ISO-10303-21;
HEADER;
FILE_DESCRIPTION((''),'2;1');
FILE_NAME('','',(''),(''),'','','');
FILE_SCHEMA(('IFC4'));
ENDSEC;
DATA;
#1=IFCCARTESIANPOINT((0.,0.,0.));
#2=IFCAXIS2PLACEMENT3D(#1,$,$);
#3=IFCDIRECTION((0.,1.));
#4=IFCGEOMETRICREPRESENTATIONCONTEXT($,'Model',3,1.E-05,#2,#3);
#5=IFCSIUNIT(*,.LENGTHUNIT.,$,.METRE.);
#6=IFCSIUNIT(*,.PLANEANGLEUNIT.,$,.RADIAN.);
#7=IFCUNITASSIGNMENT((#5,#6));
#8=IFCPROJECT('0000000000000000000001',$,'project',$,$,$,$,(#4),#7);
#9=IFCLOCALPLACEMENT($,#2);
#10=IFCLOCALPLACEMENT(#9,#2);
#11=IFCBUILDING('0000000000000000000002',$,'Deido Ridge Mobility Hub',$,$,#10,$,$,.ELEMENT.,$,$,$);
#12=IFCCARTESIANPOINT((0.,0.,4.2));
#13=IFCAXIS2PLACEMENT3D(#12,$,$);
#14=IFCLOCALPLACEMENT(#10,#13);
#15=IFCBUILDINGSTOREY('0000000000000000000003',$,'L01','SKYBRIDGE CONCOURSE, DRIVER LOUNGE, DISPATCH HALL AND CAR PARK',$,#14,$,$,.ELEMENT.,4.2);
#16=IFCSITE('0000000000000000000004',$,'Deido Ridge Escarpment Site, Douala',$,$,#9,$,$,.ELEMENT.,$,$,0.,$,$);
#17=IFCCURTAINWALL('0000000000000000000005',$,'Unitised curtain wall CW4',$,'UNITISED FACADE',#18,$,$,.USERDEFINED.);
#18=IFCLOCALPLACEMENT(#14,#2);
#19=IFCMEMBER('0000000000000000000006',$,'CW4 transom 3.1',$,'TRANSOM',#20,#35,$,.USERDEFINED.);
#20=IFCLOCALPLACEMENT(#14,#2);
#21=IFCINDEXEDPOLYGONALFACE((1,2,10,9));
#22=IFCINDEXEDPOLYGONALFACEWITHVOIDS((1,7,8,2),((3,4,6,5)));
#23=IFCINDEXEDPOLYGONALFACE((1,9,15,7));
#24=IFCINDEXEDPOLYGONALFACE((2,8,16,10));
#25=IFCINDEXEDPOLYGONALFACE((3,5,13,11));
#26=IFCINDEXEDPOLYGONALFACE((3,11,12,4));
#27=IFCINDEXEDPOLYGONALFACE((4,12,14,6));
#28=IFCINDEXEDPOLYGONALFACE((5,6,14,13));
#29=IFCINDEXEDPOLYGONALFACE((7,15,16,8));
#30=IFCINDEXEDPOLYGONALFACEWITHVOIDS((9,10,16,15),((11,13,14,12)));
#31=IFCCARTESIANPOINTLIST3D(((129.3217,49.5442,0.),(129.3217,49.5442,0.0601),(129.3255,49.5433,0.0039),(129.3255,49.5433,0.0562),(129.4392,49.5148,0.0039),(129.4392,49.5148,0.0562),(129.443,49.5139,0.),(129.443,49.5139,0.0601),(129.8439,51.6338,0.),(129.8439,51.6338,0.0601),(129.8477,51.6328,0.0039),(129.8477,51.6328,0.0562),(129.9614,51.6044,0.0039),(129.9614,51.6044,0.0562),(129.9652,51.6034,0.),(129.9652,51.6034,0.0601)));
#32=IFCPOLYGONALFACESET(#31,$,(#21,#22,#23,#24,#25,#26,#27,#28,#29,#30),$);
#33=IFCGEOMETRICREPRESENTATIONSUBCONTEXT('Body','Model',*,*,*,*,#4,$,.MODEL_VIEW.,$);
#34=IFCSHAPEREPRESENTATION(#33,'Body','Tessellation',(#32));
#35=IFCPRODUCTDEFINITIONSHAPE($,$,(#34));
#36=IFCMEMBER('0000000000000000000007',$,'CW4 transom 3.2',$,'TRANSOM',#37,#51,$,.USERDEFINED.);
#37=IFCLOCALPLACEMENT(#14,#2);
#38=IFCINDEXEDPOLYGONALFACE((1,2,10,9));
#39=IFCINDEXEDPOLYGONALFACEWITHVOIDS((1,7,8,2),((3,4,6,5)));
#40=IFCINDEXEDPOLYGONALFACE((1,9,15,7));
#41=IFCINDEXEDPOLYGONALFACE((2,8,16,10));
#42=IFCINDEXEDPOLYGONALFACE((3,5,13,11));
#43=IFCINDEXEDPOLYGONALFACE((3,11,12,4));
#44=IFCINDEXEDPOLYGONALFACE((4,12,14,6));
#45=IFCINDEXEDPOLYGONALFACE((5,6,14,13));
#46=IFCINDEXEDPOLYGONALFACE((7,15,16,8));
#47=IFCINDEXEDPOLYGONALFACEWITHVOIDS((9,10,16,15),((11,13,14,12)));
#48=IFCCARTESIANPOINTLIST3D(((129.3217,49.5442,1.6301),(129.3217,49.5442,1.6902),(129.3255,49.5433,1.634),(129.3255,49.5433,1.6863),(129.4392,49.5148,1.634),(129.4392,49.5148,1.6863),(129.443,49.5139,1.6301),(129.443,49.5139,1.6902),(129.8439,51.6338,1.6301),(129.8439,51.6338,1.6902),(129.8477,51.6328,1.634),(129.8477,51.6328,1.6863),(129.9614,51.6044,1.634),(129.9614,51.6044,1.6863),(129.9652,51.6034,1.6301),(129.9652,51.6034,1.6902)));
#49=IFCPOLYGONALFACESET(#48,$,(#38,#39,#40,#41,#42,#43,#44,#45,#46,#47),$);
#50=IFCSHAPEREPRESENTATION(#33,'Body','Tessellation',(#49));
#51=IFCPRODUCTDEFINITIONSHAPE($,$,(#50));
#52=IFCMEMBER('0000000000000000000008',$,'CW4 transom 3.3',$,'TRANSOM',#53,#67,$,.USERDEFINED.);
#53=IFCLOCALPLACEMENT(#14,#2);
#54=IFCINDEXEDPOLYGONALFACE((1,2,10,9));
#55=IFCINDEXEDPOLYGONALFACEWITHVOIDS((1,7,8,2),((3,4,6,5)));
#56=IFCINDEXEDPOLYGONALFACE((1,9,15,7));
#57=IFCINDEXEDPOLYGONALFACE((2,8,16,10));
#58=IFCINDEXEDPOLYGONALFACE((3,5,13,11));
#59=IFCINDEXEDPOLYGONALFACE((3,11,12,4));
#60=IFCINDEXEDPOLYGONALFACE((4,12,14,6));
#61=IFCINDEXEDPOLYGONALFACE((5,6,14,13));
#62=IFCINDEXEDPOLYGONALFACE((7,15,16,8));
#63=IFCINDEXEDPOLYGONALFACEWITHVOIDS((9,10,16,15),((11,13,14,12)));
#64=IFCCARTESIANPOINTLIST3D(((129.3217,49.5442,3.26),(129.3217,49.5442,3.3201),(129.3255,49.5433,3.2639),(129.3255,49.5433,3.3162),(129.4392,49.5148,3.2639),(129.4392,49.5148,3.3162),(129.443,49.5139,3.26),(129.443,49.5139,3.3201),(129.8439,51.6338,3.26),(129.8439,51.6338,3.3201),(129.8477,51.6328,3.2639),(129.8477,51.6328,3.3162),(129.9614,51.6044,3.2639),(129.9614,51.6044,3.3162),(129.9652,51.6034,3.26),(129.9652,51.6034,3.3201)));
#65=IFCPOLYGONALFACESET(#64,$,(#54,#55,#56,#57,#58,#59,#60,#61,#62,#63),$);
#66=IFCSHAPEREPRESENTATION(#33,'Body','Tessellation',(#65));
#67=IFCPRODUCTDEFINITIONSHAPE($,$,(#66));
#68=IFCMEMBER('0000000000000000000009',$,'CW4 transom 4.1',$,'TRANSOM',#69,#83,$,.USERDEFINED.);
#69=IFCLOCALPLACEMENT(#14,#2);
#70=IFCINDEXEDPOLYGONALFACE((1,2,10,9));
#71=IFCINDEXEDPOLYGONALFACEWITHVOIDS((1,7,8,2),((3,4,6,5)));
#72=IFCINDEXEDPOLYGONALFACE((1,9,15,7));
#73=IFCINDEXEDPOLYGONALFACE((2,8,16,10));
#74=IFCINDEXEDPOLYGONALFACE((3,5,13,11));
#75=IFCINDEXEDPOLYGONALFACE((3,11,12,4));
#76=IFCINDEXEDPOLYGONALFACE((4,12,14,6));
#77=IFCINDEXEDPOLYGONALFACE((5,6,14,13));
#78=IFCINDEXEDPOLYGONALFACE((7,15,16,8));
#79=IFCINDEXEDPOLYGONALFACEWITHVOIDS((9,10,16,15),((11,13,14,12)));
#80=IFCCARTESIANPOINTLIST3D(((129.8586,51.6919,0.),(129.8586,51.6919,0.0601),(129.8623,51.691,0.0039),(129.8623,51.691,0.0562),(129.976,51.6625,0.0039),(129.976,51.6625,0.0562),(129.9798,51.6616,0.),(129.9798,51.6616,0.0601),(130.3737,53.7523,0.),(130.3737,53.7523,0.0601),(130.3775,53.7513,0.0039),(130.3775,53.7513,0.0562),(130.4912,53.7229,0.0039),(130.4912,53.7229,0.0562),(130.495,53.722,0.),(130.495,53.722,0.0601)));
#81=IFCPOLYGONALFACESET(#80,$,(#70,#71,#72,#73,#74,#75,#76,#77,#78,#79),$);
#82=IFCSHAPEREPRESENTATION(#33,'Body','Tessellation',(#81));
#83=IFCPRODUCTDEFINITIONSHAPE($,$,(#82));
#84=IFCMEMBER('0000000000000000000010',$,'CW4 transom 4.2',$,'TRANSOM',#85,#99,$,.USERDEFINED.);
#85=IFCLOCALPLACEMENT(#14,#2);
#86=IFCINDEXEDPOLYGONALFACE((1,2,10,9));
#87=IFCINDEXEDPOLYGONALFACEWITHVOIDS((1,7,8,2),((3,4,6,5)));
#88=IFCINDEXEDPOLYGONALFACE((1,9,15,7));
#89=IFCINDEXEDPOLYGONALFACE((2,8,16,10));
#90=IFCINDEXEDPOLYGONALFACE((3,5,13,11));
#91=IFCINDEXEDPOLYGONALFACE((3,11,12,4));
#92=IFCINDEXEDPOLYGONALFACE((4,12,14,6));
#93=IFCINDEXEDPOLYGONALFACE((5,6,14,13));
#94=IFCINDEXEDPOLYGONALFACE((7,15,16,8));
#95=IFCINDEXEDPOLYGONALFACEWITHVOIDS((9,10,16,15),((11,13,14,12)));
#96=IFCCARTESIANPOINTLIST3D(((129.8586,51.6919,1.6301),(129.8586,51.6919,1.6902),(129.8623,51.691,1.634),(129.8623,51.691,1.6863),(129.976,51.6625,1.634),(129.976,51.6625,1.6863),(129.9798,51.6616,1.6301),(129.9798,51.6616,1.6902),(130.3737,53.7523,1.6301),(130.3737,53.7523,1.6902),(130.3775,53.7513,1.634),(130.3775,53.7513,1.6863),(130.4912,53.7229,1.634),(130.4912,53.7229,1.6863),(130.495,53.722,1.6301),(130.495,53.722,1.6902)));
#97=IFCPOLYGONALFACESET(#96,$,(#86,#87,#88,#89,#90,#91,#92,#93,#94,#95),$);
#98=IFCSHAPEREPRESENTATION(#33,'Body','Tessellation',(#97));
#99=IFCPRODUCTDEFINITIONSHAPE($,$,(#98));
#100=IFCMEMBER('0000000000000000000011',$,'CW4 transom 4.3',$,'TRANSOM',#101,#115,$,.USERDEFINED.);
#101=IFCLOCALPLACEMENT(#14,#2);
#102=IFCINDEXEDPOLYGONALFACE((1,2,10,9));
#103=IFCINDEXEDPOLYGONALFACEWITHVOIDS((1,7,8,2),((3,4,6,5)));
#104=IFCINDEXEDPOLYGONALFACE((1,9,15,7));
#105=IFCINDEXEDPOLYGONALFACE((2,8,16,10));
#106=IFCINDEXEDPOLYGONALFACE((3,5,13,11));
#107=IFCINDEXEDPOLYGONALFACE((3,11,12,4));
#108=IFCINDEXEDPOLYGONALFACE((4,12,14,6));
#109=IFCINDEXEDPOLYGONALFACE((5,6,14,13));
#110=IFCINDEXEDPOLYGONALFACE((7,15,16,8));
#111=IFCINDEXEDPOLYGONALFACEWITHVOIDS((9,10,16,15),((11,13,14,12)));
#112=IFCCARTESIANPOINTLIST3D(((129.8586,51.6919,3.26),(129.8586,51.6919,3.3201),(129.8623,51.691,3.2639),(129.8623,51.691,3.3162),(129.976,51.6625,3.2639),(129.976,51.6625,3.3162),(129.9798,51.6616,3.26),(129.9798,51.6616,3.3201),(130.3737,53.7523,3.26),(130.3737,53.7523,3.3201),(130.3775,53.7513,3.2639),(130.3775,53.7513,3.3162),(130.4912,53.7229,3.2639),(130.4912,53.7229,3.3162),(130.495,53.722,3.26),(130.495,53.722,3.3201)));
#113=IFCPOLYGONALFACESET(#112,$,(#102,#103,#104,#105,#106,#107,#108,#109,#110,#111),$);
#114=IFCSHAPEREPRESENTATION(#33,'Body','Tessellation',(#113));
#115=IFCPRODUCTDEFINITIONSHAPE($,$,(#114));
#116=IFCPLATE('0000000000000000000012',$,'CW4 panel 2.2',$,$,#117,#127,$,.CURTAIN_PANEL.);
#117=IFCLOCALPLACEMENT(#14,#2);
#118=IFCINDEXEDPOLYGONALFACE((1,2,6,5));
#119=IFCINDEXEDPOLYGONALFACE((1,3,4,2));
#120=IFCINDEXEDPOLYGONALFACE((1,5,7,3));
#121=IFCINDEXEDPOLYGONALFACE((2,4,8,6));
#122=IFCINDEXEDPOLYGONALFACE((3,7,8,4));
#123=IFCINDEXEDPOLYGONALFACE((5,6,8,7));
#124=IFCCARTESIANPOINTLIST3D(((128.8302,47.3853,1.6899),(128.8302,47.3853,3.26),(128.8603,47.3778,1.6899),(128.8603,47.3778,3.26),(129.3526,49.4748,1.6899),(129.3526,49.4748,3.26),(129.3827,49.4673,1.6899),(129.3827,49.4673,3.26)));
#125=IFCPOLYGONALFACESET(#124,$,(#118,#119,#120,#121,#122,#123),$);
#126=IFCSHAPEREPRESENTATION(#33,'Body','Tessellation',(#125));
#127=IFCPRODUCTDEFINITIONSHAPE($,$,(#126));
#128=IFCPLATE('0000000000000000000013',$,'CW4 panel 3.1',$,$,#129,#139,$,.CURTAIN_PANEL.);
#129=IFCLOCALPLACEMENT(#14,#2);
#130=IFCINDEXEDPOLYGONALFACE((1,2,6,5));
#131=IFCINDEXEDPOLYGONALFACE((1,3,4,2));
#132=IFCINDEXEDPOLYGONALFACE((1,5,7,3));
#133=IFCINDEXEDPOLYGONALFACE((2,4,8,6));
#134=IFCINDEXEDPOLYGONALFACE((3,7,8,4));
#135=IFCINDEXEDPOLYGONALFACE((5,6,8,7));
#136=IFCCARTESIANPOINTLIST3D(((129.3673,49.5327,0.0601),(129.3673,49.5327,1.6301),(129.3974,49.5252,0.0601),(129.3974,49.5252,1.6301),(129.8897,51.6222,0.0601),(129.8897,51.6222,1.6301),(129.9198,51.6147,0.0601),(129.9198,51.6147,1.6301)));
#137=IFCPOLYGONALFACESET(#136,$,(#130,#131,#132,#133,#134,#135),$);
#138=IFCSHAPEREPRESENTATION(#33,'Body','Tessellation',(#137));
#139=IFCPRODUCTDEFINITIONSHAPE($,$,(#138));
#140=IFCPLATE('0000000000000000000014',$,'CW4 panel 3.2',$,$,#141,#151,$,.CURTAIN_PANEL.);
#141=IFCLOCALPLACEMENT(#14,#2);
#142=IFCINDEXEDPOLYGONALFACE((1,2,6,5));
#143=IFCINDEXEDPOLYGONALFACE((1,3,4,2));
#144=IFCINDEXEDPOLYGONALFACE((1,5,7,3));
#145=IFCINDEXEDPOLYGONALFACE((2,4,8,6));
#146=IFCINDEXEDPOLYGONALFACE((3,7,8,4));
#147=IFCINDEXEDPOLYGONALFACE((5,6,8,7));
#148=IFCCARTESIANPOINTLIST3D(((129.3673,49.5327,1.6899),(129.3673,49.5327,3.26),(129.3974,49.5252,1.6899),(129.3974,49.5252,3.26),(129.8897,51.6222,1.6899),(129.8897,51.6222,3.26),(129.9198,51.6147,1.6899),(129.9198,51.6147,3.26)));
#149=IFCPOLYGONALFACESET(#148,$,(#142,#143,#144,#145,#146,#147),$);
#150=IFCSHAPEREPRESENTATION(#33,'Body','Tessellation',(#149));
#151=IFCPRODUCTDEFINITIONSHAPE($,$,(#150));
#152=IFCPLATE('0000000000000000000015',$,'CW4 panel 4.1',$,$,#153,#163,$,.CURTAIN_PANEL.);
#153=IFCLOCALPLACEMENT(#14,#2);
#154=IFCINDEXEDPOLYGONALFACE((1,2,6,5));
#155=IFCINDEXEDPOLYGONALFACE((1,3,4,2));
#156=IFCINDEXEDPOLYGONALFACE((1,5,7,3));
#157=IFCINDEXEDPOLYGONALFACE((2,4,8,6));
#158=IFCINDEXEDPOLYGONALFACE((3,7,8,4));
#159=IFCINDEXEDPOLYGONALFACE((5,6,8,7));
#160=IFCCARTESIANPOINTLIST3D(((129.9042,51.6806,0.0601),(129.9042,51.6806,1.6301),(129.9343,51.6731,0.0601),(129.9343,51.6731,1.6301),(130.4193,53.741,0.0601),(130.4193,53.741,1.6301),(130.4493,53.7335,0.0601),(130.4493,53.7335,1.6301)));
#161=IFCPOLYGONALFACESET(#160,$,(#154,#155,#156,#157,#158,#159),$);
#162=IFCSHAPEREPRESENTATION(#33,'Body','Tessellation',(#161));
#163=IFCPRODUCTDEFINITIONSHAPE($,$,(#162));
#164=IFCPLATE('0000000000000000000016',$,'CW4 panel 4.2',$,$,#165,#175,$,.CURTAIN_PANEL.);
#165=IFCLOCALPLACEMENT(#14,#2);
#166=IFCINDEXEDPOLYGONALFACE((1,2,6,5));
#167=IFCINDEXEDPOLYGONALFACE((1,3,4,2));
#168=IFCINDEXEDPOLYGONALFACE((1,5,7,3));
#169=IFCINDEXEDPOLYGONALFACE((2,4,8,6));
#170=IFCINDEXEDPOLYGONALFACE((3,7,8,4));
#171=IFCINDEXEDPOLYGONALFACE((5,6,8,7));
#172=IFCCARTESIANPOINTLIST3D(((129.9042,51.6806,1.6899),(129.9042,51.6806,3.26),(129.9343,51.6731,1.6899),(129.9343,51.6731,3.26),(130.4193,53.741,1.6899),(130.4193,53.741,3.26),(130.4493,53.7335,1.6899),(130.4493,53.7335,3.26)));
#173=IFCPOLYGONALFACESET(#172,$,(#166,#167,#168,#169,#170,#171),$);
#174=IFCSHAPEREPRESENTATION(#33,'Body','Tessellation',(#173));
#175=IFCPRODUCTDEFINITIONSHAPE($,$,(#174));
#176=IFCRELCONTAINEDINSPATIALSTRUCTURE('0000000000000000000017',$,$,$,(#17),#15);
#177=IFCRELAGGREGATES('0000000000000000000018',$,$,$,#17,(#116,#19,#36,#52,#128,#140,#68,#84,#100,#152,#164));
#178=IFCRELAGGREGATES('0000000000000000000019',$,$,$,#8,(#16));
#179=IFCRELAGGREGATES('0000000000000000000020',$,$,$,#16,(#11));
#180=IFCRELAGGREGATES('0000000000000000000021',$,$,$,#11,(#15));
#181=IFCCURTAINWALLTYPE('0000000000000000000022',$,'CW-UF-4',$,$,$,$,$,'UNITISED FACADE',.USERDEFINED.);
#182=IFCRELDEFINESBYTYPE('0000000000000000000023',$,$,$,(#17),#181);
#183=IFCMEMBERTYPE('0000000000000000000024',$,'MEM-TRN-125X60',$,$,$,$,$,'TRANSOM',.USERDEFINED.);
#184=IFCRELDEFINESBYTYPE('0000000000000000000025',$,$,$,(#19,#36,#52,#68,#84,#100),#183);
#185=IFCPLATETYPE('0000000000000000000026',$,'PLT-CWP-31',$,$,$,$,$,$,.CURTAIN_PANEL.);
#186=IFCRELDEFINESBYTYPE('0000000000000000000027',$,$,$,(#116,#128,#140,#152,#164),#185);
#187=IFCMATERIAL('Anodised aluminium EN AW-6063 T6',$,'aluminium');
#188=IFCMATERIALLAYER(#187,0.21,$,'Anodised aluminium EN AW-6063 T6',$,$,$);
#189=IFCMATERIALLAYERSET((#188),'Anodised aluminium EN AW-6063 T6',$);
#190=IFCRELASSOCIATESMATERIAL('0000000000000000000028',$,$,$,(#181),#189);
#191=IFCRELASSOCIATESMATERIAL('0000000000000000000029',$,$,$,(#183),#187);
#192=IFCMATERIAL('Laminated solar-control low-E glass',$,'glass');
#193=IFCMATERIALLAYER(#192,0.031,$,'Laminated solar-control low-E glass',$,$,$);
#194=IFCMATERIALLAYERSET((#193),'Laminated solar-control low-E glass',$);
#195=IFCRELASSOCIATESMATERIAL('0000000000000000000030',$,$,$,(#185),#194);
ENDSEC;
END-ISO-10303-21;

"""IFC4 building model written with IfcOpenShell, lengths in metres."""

from ifc_helpers import new_model, si_unit, direction, frame, origin, origin_2d, place, context, subcontext, project, spatial, rectangle, hollow_rectangle, extrude, material, layer, layer_set, material_profile, profile_set, type_object, element, aggregate, save


model = new_model("IFC4")

# Units and contexts
model_context = context("Model", 3, precision=1e-05, world=origin(), true_north=direction((0.0, 1.0)))
body_context = subcontext(model_context, "Body", "Model", "MODEL_VIEW")
ifc_project = project(units=[si_unit("LENGTHUNIT", "METRE"), si_unit("PLANEANGLEUNIT", "RADIAN")], contexts=[model_context])

# Site, building, storey
site_placement = place(None, origin())
site = spatial("IfcSite", under=ifc_project, at=site_placement, Name="Deido Ridge Escarpment Site, Douala", CompositionType="ELEMENT", RefElevation=0.0)
building_placement = place(site_placement, origin())
building = spatial("IfcBuilding", under=site, at=building_placement, Name="Deido Ridge Mobility Hub", CompositionType="ELEMENT")
storey_placement = place(building_placement, frame((0.0, 0.0, 4.2)))
storey = spatial("IfcBuildingStorey", under=building, at=storey_placement, Name="L01", Description="SKYBRIDGE CONCOURSE, DRIVER LOUNGE, DISPATCH HALL AND CAR PARK", CompositionType="ELEMENT", Elevation=4.2)

# Curtain wall, members, plates
ifc_material_1 = material(Name="Anodised aluminium EN AW-6063 T6", Category="aluminium")
ifc_layer_1 = layer(ifc_material_1, 0.21, Name="Anodised aluminium EN AW-6063 T6")
ifc_layer_set_1 = layer_set([ifc_layer_1], Name="Anodised aluminium EN AW-6063 T6")
curtain_wall_type = type_object("IfcCurtainWallType", Name="CW-UF-4", ElementType="UNITISED FACADE", PredefinedType="USERDEFINED", material=ifc_layer_set_1)
curtain_wall_placement = place(storey_placement, origin())
curtain_wall = element("IfcCurtainWall", 1, at=curtain_wall_placement, inside=storey, type_object=curtain_wall_type, Name="Unitised curtain wall CW4", ObjectType="UNITISED FACADE", PredefinedType="USERDEFINED")
ifc_material_profile_1 = material_profile(ifc_material_1, hollow_rectangle(XDim=0.125, YDim=0.0601, WallThickness=0.0039, at=origin_2d()), Name="RHS 125x60x4")
ifc_profile_set_1 = profile_set([ifc_material_profile_1], Name="Anodised aluminium EN AW-6063 T6")
member_type_1 = type_object("IfcMemberType", Name="MEM-TRN-125X60", ElementType="TRANSOM", PredefinedType="USERDEFINED", material=ifc_profile_set_1)
member_1_placement = place(storey_placement, frame((129.3823, 49.5291, 0.03), z_axis=(0.242456, 0.970162, 0.0), x_axis=(-0.970162, 0.242456, 0.0)))
member_1 = element("IfcMember", 2, at=member_1_placement, type_object=member_type_1, Name="CW4 transom 3.1", ObjectType="TRANSOM", PredefinedType="USERDEFINED", context=body_context, shape_type="SweptSolid", body=[
    extrude(hollow_rectangle(XDim=0.125, YDim=0.0601, WallThickness=0.0039, at=origin_2d()), origin(), (0.0, 0.0, 1.0), 2.1538),
])
member_2_placement = place(storey_placement, frame((129.3823, 49.5291, 1.6602), z_axis=(0.242456, 0.970162, 0.0), x_axis=(-0.970162, 0.242456, 0.0)))
member_2 = element("IfcMember", 3, at=member_2_placement, type_object=member_type_1, Name="CW4 transom 3.2", ObjectType="TRANSOM", PredefinedType="USERDEFINED", context=body_context, shape_type="SweptSolid", body=[
    extrude(hollow_rectangle(XDim=0.125, YDim=0.0601, WallThickness=0.0039, at=origin_2d()), origin(), (0.0, 0.0, 1.0), 2.1538),
])
member_3_placement = place(storey_placement, frame((129.3823, 49.5291, 3.29), z_axis=(0.242456, 0.970162, 0.0), x_axis=(-0.970162, 0.242456, 0.0)))
member_3 = element("IfcMember", 4, at=member_3_placement, type_object=member_type_1, Name="CW4 transom 3.3", ObjectType="TRANSOM", PredefinedType="USERDEFINED", context=body_context, shape_type="SweptSolid", body=[
    extrude(hollow_rectangle(XDim=0.125, YDim=0.0601, WallThickness=0.0039, at=origin_2d()), origin(), (0.0, 0.0, 1.0), 2.1538),
])
member_4_placement = place(storey_placement, frame((129.9192, 51.6768, 0.03), z_axis=(0.242563, 0.970136, 0.0), x_axis=(-0.970136, 0.242563, 0.0)))
member_4 = element("IfcMember", 5, at=member_4_placement, type_object=member_type_1, Name="CW4 transom 4.1", ObjectType="TRANSOM", PredefinedType="USERDEFINED", context=body_context, shape_type="SweptSolid", body=[
    extrude(hollow_rectangle(XDim=0.125, YDim=0.0601, WallThickness=0.0039, at=origin_2d()), origin(), (0.0, 0.0, 1.0), 2.1238),
])
member_5_placement = place(storey_placement, frame((129.9192, 51.6768, 1.6602), z_axis=(0.242563, 0.970136, 0.0), x_axis=(-0.970136, 0.242563, 0.0)))
member_5 = element("IfcMember", 6, at=member_5_placement, type_object=member_type_1, Name="CW4 transom 4.2", ObjectType="TRANSOM", PredefinedType="USERDEFINED", context=body_context, shape_type="SweptSolid", body=[
    extrude(hollow_rectangle(XDim=0.125, YDim=0.0601, WallThickness=0.0039, at=origin_2d()), origin(), (0.0, 0.0, 1.0), 2.1238),
])
member_6_placement = place(storey_placement, frame((129.9192, 51.6768, 3.29), z_axis=(0.242563, 0.970136, 0.0), x_axis=(-0.970136, 0.242563, 0.0)))
member_6 = element("IfcMember", 7, at=member_6_placement, type_object=member_type_1, Name="CW4 transom 4.3", ObjectType="TRANSOM", PredefinedType="USERDEFINED", context=body_context, shape_type="SweptSolid", body=[
    extrude(hollow_rectangle(XDim=0.125, YDim=0.0601, WallThickness=0.0039, at=origin_2d()), origin(), (0.0, 0.0, 1.0), 2.1238),
])
ifc_material_2 = material(Name="Laminated solar-control low-E glass", Category="glass")
ifc_layer_2 = layer(ifc_material_2, 0.031, Name="Laminated solar-control low-E glass")
ifc_layer_set_2 = layer_set([ifc_layer_2], Name="Laminated solar-control low-E glass")
plate_type = type_object("IfcPlateType", Name="PLT-CWP-31", PredefinedType="CURTAIN_PANEL", material=ifc_layer_set_2)
plate_1_placement = place(storey_placement, frame((129.1064, 48.4263, 1.6899), z_axis=(0.0, 0.0, 1.0), x_axis=(0.24253, 0.970144, 0.0)))
plate_1 = element("IfcPlate", 8, at=plate_1_placement, type_object=plate_type, Name="CW4 panel 2.2", PredefinedType="CURTAIN_PANEL", context=body_context, shape_type="SweptSolid", body=[
    extrude(rectangle(XDim=2.1538, YDim=0.031, at=origin_2d()), origin(), (0.0, 0.0, 1.0), 1.5701),
])
plate_2_placement = place(storey_placement, frame((129.6436, 50.5737, 0.0601), z_axis=(0.0, 0.0, 1.0), x_axis=(0.24253, 0.970144, 0.0)))
plate_2 = element("IfcPlate", 9, at=plate_2_placement, type_object=plate_type, Name="CW4 panel 3.1", PredefinedType="CURTAIN_PANEL", context=body_context, shape_type="SweptSolid", body=[
    extrude(rectangle(XDim=2.1538, YDim=0.031, at=origin_2d()), origin(), (0.0, 0.0, 1.0), 1.5701),
])
plate_3_placement = place(storey_placement, frame((129.6436, 50.5737, 1.6899), z_axis=(0.0, 0.0, 1.0), x_axis=(0.24253, 0.970144, 0.0)))
plate_3 = element("IfcPlate", 10, at=plate_3_placement, type_object=plate_type, Name="CW4 panel 3.2", PredefinedType="CURTAIN_PANEL", context=body_context, shape_type="SweptSolid", body=[
    extrude(rectangle(XDim=2.1538, YDim=0.031, at=origin_2d()), origin(), (0.0, 0.0, 1.0), 1.5701),
])
plate_4_placement = place(storey_placement, frame((130.1768, 52.707, 0.0601), z_axis=(0.0, 0.0, 1.0), x_axis=(0.24253, 0.970144, 0.0)))
plate_4 = element("IfcPlate", 11, at=plate_4_placement, type_object=plate_type, Name="CW4 panel 4.1", PredefinedType="CURTAIN_PANEL", context=body_context, shape_type="SweptSolid", body=[
    extrude(rectangle(XDim=2.1238, YDim=0.031, at=origin_2d()), origin(), (0.0, 0.0, 1.0), 1.5701),
])
plate_5_placement = place(storey_placement, frame((130.1768, 52.707, 1.6899), z_axis=(0.0, 0.0, 1.0), x_axis=(0.24253, 0.970144, 0.0)))
plate_5 = element("IfcPlate", 12, at=plate_5_placement, type_object=plate_type, Name="CW4 panel 4.2", PredefinedType="CURTAIN_PANEL", context=body_context, shape_type="SweptSolid", body=[
    extrude(rectangle(XDim=2.1238, YDim=0.031, at=origin_2d()), origin(), (0.0, 0.0, 1.0), 1.5701),
])
aggregate(curtain_wall, [plate_1, member_1, member_2, member_3, plate_2, plate_3, member_4, member_5, member_6, plate_4, plate_5])

save(model, "model.ifc")
